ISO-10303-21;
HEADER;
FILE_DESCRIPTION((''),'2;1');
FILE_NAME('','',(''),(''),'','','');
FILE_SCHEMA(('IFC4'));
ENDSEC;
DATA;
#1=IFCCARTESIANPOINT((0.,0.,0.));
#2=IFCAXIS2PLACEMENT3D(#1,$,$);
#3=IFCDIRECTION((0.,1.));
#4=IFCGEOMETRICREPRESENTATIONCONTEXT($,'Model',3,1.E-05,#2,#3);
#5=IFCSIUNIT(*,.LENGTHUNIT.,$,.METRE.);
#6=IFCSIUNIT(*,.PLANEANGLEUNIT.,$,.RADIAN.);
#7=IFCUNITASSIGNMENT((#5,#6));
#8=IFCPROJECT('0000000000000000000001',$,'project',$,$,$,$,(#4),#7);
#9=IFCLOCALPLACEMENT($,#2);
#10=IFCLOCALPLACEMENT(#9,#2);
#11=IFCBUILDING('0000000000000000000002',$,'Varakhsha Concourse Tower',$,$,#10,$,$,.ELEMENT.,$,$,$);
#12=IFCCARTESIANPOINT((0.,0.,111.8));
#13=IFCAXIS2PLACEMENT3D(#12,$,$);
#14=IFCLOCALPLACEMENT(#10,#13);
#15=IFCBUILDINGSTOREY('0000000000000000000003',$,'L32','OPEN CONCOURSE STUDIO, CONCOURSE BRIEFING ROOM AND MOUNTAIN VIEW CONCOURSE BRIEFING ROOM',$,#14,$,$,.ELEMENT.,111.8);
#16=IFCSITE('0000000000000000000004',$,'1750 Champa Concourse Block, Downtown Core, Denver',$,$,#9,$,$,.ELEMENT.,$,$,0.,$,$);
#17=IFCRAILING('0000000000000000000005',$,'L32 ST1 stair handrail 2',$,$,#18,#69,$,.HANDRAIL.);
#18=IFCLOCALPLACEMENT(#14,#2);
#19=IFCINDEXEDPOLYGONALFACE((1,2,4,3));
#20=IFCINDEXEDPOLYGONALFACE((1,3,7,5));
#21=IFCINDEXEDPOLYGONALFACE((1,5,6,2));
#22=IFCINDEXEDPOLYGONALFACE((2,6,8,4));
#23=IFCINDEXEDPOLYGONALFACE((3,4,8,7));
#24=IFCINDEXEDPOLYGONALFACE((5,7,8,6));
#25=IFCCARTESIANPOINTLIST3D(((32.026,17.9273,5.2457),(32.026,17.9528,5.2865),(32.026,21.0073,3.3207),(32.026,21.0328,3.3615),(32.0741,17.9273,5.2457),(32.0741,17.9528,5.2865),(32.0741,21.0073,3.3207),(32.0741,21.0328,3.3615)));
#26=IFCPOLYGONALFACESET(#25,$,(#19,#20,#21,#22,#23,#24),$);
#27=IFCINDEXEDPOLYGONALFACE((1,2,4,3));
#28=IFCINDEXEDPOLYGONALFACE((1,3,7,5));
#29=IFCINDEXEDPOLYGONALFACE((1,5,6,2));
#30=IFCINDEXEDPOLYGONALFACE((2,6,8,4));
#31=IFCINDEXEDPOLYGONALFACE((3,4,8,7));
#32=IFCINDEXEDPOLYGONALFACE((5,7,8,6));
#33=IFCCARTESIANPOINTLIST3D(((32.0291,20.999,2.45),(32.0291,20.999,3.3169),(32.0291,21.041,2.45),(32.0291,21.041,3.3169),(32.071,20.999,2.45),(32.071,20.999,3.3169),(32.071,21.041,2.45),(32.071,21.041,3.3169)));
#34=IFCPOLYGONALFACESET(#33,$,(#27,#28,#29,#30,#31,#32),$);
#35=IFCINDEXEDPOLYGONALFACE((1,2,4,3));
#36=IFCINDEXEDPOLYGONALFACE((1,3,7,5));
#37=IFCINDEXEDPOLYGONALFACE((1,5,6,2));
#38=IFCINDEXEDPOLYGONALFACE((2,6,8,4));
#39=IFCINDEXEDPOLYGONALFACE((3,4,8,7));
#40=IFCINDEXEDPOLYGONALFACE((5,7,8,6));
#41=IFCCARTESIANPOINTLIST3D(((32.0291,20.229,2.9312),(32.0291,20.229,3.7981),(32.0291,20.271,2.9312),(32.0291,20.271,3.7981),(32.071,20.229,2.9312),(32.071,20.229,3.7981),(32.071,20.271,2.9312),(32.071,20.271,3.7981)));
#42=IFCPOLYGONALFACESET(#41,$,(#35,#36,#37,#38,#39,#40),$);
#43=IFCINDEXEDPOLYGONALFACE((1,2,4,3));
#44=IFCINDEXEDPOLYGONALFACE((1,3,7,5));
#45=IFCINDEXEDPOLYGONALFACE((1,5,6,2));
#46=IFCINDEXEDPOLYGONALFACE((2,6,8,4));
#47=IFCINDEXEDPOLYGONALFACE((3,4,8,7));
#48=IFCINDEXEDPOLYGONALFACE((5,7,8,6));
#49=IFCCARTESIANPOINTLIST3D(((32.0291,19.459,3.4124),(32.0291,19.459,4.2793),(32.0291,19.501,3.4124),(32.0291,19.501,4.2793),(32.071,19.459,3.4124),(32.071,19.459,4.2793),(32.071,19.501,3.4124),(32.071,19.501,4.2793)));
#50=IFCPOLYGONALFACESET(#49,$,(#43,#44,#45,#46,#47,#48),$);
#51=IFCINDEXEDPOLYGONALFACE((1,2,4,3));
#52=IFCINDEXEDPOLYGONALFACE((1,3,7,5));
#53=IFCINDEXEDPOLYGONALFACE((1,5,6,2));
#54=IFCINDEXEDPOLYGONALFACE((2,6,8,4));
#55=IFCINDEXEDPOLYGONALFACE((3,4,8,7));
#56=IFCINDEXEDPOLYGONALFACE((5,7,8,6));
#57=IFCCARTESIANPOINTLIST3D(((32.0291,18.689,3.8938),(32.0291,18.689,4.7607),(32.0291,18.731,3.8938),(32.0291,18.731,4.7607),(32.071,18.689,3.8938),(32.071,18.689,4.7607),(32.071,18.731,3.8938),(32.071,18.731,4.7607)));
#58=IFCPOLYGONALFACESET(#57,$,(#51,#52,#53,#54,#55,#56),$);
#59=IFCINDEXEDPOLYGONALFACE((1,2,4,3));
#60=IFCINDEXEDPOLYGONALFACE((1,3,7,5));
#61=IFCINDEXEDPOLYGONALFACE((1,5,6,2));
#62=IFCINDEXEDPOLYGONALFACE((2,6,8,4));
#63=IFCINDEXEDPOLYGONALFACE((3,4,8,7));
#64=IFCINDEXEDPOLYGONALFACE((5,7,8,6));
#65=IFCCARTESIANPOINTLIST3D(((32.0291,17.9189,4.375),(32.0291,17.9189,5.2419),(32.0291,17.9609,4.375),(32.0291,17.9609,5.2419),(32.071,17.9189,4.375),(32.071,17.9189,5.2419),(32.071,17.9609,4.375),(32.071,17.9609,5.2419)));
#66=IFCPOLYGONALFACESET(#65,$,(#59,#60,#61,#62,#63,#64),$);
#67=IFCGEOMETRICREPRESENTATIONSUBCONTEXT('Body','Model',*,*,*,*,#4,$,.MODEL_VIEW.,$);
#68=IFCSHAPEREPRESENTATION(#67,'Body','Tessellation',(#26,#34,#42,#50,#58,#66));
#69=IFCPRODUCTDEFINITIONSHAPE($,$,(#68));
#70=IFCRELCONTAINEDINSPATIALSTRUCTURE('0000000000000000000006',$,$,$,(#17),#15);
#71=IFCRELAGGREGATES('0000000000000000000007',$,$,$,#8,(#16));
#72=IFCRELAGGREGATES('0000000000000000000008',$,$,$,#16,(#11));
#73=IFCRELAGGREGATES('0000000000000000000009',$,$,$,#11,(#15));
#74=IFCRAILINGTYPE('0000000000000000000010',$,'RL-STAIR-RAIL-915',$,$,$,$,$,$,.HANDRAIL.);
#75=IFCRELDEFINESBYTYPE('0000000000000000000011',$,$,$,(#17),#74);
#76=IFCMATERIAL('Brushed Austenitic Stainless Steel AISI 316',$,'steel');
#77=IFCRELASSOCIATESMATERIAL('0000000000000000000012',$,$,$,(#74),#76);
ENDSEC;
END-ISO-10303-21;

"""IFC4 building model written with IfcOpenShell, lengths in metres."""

from ifc_helpers import new_model, si_unit, direction, frame, origin, origin_2d, place, context, subcontext, project, spatial, rectangle, extrude, material, type_object, element, save


model = new_model("IFC4")

# Units and contexts
model_context = context("Model", 3, precision=1e-05, world=origin(), true_north=direction((0.0, 1.0)))
body_context = subcontext(model_context, "Body", "Model", "MODEL_VIEW")
ifc_project = project(units=[si_unit("LENGTHUNIT", "METRE"), si_unit("PLANEANGLEUNIT", "RADIAN")], contexts=[model_context])

# Site, building, storey
site_placement = place(None, origin())
site = spatial("IfcSite", under=ifc_project, at=site_placement, Name="1750 Champa Concourse Block, Downtown Core, Denver", CompositionType="ELEMENT", RefElevation=0.0)
building_placement = place(site_placement, origin())
building = spatial("IfcBuilding", under=site, at=building_placement, Name="Varakhsha Concourse Tower", CompositionType="ELEMENT")
storey_placement = place(building_placement, frame((0.0, 0.0, 111.8)))
storey = spatial("IfcBuildingStorey", under=building, at=storey_placement, Name="L32", Description="OPEN CONCOURSE STUDIO, CONCOURSE BRIEFING ROOM AND MOUNTAIN VIEW CONCOURSE BRIEFING ROOM", CompositionType="ELEMENT", Elevation=111.8)

# Shared definitions
ifc_material_1 = material(Name="Brushed Austenitic Stainless Steel AISI 316", Category="steel")

# Railing
railing_type_1 = type_object("IfcRailingType", Name="RL-STAIR-RAIL-915", PredefinedType="HANDRAIL", material=ifc_material_1)
railing_1_placement = place(storey_placement, frame((32.05, 21.02, 2.45)))
element("IfcRailing", 1, at=railing_1_placement, inside=storey, type_object=railing_type_1, Name="L32 ST1 stair handrail 2", PredefinedType="HANDRAIL", context=body_context, shape_type="SweptSolid", body=[
    extrude(rectangle(XDim=0.0481, YDim=0.0481, at=origin_2d()), frame((0.0, 0.0, 0.8911), z_axis=(0.0, -0.847998, 0.529999), x_axis=(1.0, 0.0, 0.0)), (0.0, 0.0, 1.0), 3.6321),
    extrude(rectangle(XDim=0.042, YDim=0.042, at=origin_2d()), origin(), (0.0, 0.0, 1.0), 0.8669),
    extrude(rectangle(XDim=0.042, YDim=0.042, at=origin_2d()), frame((0.0, -0.77, 0.4812)), (0.0, 0.0, 1.0), 0.8669),
    extrude(rectangle(XDim=0.042, YDim=0.042, at=origin_2d()), frame((0.0, -1.54, 0.9624)), (0.0, 0.0, 1.0), 0.8669),
    extrude(rectangle(XDim=0.042, YDim=0.042, at=origin_2d()), frame((0.0, -2.3101, 1.4438)), (0.0, 0.0, 1.0), 0.8669),
    extrude(rectangle(XDim=0.042, YDim=0.042, at=origin_2d()), frame((0.0, -3.0801, 1.925)), (0.0, 0.0, 1.0), 0.8669),
])

save(model, "model.ifc")
